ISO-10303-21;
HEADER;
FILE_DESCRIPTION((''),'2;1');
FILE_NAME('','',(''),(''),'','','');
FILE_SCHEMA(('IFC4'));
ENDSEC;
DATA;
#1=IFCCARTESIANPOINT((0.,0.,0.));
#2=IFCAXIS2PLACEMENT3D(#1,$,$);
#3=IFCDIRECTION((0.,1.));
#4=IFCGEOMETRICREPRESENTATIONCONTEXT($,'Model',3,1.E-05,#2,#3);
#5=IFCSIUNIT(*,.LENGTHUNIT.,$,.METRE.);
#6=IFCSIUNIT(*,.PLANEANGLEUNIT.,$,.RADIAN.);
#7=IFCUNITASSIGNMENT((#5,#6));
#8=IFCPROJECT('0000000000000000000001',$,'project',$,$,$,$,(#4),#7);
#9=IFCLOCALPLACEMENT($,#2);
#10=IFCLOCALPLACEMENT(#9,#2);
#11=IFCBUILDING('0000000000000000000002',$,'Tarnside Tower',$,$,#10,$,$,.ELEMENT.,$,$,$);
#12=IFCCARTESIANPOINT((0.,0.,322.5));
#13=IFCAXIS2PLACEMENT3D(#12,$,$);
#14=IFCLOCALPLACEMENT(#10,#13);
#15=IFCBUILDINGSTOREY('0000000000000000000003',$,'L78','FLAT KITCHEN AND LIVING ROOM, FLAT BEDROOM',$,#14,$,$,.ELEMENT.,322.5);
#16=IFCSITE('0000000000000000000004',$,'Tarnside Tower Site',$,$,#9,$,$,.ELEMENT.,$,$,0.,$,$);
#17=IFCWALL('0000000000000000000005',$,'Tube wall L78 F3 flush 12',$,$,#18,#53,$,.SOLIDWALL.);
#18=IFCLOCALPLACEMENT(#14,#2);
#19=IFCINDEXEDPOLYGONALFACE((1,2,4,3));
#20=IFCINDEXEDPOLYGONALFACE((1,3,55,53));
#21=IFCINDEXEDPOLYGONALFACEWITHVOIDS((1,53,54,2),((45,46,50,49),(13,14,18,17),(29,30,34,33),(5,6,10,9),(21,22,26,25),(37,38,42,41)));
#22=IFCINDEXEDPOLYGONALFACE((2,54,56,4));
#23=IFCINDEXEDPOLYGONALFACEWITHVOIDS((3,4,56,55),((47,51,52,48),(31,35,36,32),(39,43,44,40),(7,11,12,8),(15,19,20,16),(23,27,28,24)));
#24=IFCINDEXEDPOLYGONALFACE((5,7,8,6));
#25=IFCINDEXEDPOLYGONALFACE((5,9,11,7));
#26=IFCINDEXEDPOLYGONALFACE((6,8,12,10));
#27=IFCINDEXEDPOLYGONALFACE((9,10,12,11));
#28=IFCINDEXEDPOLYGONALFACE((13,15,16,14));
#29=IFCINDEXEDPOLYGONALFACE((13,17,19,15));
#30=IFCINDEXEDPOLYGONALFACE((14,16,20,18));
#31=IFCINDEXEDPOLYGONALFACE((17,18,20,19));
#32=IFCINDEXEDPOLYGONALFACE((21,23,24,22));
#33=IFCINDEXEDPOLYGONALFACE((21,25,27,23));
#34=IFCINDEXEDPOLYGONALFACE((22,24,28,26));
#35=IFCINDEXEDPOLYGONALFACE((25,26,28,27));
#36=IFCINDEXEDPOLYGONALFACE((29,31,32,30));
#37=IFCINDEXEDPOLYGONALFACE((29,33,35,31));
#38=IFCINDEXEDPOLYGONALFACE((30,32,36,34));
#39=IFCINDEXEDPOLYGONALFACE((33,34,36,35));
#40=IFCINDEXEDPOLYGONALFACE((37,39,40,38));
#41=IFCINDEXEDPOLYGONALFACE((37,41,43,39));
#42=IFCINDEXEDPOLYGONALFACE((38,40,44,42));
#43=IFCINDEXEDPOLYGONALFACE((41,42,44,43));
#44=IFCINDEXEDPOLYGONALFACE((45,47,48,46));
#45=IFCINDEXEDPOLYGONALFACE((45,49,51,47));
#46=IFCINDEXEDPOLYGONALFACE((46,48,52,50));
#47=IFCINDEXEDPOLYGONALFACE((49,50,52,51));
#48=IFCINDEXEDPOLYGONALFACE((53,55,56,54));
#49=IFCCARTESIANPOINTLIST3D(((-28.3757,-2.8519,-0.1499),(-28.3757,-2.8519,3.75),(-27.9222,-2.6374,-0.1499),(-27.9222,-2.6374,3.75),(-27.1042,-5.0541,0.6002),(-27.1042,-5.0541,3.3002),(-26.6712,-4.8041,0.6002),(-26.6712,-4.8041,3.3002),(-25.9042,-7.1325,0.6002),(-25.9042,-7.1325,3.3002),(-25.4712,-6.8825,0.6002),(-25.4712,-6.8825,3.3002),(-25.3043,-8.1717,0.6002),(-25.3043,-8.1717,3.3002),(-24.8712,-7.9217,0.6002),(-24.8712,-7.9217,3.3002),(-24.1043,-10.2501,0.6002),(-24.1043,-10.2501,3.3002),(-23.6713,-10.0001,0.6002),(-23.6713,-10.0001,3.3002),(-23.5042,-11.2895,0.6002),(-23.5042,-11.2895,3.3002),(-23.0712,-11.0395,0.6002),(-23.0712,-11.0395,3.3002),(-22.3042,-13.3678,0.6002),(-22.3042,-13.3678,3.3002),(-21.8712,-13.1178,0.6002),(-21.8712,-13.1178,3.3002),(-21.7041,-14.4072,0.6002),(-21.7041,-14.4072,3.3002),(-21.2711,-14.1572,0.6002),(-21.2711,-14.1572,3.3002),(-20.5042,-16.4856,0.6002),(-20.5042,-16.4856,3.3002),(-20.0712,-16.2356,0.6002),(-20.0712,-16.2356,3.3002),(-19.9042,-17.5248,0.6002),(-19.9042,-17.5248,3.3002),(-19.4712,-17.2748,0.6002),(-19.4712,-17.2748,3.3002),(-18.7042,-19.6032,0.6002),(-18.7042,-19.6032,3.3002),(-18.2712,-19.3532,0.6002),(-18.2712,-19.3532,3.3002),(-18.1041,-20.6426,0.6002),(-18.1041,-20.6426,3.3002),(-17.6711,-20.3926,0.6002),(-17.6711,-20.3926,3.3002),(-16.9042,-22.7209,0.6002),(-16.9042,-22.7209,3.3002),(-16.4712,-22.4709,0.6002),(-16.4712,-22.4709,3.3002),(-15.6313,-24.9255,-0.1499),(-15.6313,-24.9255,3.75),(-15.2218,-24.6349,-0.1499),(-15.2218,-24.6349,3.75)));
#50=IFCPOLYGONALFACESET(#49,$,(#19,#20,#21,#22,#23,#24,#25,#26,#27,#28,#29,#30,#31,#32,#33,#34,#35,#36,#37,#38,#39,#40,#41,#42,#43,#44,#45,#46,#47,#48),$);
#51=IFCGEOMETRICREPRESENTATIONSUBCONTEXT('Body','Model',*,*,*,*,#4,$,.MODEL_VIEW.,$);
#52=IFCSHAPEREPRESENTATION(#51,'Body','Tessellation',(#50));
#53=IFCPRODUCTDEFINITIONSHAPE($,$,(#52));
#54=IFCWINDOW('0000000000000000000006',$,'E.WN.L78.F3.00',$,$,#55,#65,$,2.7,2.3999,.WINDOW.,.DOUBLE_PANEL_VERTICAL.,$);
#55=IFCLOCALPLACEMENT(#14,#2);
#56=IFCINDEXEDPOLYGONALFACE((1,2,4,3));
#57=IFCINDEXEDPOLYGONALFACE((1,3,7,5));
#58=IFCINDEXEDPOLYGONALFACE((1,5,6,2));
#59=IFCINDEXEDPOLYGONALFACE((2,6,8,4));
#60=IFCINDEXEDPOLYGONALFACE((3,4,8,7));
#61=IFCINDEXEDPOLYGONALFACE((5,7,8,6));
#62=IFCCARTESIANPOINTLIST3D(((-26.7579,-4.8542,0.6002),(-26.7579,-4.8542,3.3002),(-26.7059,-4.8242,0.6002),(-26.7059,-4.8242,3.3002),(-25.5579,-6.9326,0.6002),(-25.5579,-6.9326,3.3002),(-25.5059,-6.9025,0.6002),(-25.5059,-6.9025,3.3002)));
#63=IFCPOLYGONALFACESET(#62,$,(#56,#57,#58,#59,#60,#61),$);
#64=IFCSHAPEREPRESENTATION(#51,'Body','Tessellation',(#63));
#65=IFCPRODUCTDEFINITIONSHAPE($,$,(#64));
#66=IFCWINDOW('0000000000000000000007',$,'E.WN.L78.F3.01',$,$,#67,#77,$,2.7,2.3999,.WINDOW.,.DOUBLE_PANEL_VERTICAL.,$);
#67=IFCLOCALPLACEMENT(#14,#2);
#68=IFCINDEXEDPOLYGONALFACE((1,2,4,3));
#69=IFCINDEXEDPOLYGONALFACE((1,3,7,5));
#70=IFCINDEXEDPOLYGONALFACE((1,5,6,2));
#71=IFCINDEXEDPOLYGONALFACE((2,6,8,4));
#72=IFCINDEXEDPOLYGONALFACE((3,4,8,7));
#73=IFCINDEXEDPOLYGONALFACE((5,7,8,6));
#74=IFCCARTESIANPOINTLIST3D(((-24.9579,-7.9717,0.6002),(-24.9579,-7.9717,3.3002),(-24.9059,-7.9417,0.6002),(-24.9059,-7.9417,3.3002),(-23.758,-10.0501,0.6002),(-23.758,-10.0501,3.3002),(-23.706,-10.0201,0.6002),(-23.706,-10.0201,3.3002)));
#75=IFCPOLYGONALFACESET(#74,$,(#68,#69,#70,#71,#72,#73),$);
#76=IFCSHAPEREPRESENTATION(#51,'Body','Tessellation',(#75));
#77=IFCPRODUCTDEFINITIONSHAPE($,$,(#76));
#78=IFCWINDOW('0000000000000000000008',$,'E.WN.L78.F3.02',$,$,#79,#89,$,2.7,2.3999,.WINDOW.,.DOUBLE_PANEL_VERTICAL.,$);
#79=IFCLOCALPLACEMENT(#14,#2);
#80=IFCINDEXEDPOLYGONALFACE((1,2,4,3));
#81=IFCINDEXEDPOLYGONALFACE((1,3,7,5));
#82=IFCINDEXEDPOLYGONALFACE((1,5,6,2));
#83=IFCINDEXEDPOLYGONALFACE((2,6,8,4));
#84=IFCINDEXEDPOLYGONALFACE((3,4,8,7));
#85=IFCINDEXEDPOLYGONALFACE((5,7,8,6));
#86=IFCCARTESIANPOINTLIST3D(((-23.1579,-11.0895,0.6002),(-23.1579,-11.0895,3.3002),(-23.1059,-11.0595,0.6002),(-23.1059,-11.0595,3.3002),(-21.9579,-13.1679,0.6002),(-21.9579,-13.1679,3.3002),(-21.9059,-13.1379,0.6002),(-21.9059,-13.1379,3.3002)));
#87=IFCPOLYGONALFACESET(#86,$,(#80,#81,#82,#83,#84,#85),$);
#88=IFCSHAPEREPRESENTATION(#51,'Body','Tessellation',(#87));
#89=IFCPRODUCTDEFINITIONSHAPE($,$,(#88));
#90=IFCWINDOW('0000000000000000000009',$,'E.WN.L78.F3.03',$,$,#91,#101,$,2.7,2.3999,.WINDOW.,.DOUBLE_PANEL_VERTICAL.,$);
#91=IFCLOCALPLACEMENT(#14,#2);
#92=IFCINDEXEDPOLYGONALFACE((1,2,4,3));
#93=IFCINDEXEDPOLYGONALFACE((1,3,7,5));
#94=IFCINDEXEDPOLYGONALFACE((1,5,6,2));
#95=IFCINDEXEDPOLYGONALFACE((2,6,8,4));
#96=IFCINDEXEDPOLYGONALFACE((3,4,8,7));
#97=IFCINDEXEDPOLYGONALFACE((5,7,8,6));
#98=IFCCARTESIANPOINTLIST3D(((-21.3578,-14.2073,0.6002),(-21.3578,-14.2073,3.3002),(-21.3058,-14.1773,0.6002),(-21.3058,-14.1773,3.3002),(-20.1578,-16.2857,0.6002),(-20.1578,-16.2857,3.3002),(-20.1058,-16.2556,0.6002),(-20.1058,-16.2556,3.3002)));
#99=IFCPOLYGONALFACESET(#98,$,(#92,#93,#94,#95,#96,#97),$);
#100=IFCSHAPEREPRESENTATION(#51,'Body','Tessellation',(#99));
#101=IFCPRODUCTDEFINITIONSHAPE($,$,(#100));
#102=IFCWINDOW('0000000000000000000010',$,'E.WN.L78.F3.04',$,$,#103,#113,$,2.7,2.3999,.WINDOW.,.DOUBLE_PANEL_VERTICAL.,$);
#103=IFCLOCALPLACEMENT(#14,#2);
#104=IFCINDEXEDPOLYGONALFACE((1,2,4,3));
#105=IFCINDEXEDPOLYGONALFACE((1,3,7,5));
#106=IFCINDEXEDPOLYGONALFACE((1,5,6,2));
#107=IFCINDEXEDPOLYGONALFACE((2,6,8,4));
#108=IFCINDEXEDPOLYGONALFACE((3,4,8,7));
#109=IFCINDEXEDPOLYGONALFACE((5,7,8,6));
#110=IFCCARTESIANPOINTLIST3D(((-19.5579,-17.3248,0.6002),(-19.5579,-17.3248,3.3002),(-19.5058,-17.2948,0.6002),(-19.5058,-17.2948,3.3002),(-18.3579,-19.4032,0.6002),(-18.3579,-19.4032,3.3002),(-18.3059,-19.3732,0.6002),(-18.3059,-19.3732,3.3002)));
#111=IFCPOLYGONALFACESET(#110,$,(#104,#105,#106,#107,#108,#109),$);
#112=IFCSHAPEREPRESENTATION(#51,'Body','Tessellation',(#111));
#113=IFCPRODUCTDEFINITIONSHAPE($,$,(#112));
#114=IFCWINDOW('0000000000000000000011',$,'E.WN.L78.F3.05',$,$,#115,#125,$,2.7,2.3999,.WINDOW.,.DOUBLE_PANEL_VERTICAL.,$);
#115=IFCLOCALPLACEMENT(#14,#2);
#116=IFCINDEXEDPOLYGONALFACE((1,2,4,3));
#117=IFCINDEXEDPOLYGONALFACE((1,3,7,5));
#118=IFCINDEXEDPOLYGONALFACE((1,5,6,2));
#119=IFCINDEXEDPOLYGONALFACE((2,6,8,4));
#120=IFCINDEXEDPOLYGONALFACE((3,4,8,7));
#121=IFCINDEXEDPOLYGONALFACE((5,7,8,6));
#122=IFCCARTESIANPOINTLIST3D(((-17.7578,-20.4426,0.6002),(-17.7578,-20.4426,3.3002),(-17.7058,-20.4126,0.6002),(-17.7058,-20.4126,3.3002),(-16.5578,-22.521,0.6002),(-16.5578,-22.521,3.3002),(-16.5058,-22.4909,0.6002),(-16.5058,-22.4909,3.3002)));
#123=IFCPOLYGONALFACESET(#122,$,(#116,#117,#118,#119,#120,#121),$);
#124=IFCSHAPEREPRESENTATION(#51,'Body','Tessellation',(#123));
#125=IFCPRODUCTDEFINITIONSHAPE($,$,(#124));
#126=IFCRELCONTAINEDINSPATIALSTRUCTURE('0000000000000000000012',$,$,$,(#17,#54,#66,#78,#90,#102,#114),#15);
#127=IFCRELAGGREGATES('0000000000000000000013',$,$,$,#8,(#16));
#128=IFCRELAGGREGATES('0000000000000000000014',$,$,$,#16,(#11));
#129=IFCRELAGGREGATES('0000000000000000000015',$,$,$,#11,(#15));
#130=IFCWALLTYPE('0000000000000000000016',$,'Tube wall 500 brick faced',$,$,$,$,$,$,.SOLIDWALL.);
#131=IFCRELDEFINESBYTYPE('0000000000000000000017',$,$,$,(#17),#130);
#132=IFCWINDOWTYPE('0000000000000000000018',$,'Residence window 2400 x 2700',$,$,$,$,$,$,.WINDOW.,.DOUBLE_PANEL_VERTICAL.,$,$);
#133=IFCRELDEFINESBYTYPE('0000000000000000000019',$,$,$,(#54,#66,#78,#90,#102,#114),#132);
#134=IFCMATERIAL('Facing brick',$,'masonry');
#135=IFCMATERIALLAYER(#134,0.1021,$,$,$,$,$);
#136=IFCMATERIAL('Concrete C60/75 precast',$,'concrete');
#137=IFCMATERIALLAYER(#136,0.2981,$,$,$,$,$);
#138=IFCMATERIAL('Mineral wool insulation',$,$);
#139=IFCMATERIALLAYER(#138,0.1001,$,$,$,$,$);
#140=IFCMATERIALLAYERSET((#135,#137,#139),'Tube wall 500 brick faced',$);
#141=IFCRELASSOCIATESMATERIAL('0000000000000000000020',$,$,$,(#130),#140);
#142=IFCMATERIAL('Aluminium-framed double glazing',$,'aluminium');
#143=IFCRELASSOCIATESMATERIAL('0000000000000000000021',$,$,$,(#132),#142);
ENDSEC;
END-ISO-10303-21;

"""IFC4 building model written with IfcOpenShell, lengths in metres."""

from ifc_helpers import new_model, si_unit, direction, frame, frame_2d, origin, place, context, subcontext, project, spatial, polyline, rectangle, outline, extrude, material, layer, layer_set, type_object, element, fill, save


model = new_model("IFC4")

# Units and contexts
model_context = context("Model", 3, precision=1e-05, world=origin(), true_north=direction((0.0, 1.0)))
body_context = subcontext(model_context, "Body", "Model", "MODEL_VIEW")
ifc_project = project(units=[si_unit("LENGTHUNIT", "METRE"), si_unit("PLANEANGLEUNIT", "RADIAN")], contexts=[model_context])

# Site, building, storey
site_placement = place(None, origin())
site = spatial("IfcSite", under=ifc_project, at=site_placement, Name="Tarnside Tower Site", CompositionType="ELEMENT", RefElevation=0.0)
building_placement = place(site_placement, origin())
building = spatial("IfcBuilding", under=site, at=building_placement, Name="Tarnside Tower", CompositionType="ELEMENT")
storey_placement = place(building_placement, frame((0.0, 0.0, 322.5)))
storey = spatial("IfcBuildingStorey", under=building, at=storey_placement, Name="L78", Description="FLAT KITCHEN AND LIVING ROOM, FLAT BEDROOM", CompositionType="ELEMENT", Elevation=322.5)

# Shared definitions
ifc_material_1 = material(Name="Facing brick", Category="masonry")
ifc_layer_1 = layer(ifc_material_1, 0.1021)
ifc_material_2 = material(Name="Concrete C60/75 precast", Category="concrete")
ifc_layer_2 = layer(ifc_material_2, 0.2981)
ifc_material_3 = material(Name="Mineral wool insulation")
ifc_layer_3 = layer(ifc_material_3, 0.1001)
ifc_layer_set_1 = layer_set([ifc_layer_1, ifc_layer_2, ifc_layer_3], Name="Tube wall 500 brick faced")
wall_type_1 = type_object("IfcWallType", Name="Tube wall 500 brick faced", PredefinedType="SOLIDWALL", material=ifc_layer_set_1)

# Wall, openings, windows
wall_1_placement = place(storey_placement, frame((-28.1489, -2.7446, -0.1499), z_axis=(0.0, 0.0, 1.0), x_axis=(0.500004, -0.866023, 0.0)))
wall_1 = element("IfcWall", 1, at=wall_1_placement, inside=storey, type_object=wall_type_1, Name="Tube wall L78 F3 flush 12", PredefinedType="SOLIDWALL", context=body_context, shape_type="SweptSolid", body=[
    extrude(outline(polyline([(-0.0205, -0.25), (25.468, -0.25), (25.4211, 0.25), (0.0205, 0.25), (-0.0205, -0.25)])), origin(), (0.0, 0.0, 1.0), 3.8999),
])
opening_1_placement = place(wall_1_placement, frame((2.5225, 0.0, 0.75)))
opening_1 = element("IfcOpeningElement", 2, at=opening_1_placement, cuts=wall_1, PredefinedType="OPENING", context=body_context, shape_type="SweptSolid", body=[
    extrude(rectangle(XDim=2.3999, YDim=2.7, at=frame_2d((1.2, 1.3501))), frame((0.0, 0.26, 0.0), z_axis=(0.0, -1.0, 0.0), x_axis=(1.0, 0.0, 0.0)), (0.0, 0.0, 1.0), 0.52),
])
opening_2_placement = place(wall_1_placement, frame((6.1223, 0.0, 0.75)))
opening_2 = element("IfcOpeningElement", 3, at=opening_2_placement, cuts=wall_1, PredefinedType="OPENING", context=body_context, shape_type="SweptSolid", body=[
    extrude(rectangle(XDim=2.3999, YDim=2.7, at=frame_2d((1.2, 1.3501))), frame((0.0, 0.26, 0.0), z_axis=(0.0, -1.0, 0.0), x_axis=(1.0, 0.0, 0.0)), (0.0, 0.0, 1.0), 0.52),
])
opening_3_placement = place(wall_1_placement, frame((9.7224, 0.0, 0.75)))
opening_3 = element("IfcOpeningElement", 4, at=opening_3_placement, cuts=wall_1, PredefinedType="OPENING", context=body_context, shape_type="SweptSolid", body=[
    extrude(rectangle(XDim=2.3999, YDim=2.7, at=frame_2d((1.2, 1.3501))), frame((0.0, 0.26, 0.0), z_axis=(0.0, -1.0, 0.0), x_axis=(1.0, 0.0, 0.0)), (0.0, 0.0, 1.0), 0.52),
])
opening_4_placement = place(wall_1_placement, frame((13.3225, 0.0, 0.75)))
opening_4 = element("IfcOpeningElement", 5, at=opening_4_placement, cuts=wall_1, PredefinedType="OPENING", context=body_context, shape_type="SweptSolid", body=[
    extrude(rectangle(XDim=2.3999, YDim=2.7, at=frame_2d((1.2, 1.3501))), frame((0.0, 0.26, 0.0), z_axis=(0.0, -1.0, 0.0), x_axis=(1.0, 0.0, 0.0)), (0.0, 0.0, 1.0), 0.52),
])
opening_5_placement = place(wall_1_placement, frame((16.9224, 0.0, 0.75)))
opening_5 = element("IfcOpeningElement", 6, at=opening_5_placement, cuts=wall_1, PredefinedType="OPENING", context=body_context, shape_type="SweptSolid", body=[
    extrude(rectangle(XDim=2.3999, YDim=2.7, at=frame_2d((1.2, 1.3501))), frame((0.0, 0.26, 0.0), z_axis=(0.0, -1.0, 0.0), x_axis=(1.0, 0.0, 0.0)), (0.0, 0.0, 1.0), 0.52),
])
opening_6_placement = place(wall_1_placement, frame((20.5225, 0.0, 0.75)))
opening_6 = element("IfcOpeningElement", 7, at=opening_6_placement, cuts=wall_1, PredefinedType="OPENING", context=body_context, shape_type="SweptSolid", body=[
    extrude(rectangle(XDim=2.3999, YDim=2.7, at=frame_2d((1.2, 1.3501))), frame((0.0, 0.26, 0.0), z_axis=(0.0, -1.0, 0.0), x_axis=(1.0, 0.0, 0.0)), (0.0, 0.0, 1.0), 0.52),
])
ifc_material_4 = material(Name="Aluminium-framed double glazing", Category="aluminium")
window_type = type_object("IfcWindowType", Name="Residence window 2400 x 2700", PartitioningType="DOUBLE_PANEL_VERTICAL", PredefinedType="WINDOW", material=ifc_material_4)
window_1_placement = place(opening_1_placement, frame((0.0, 0.1799, 0.0)))
window_1 = element("IfcWindow", 8, at=window_1_placement, inside=storey, type_object=window_type, Name="E.WN.L78.F3.00", OverallHeight=2.7, OverallWidth=2.3999, PartitioningType="DOUBLE_PANEL_VERTICAL", PredefinedType="WINDOW", context=body_context, shape_type="SweptSolid", body=[
    extrude(rectangle(XDim=2.3999, YDim=2.7, at=frame_2d((1.2, 1.3501))), frame((0.0, 0.03, 0.0), z_axis=(0.0, -1.0, 0.0), x_axis=(1.0, 0.0, 0.0)), (0.0, 0.0, 1.0), 0.0601),
])
fill(opening_1, window_1)
window_2_placement = place(opening_2_placement, frame((0.0, 0.1799, 0.0)))
window_2 = element("IfcWindow", 9, at=window_2_placement, inside=storey, type_object=window_type, Name="E.WN.L78.F3.01", OverallHeight=2.7, OverallWidth=2.3999, PartitioningType="DOUBLE_PANEL_VERTICAL", PredefinedType="WINDOW", context=body_context, shape_type="SweptSolid", body=[
    extrude(rectangle(XDim=2.3999, YDim=2.7, at=frame_2d((1.2, 1.3501))), frame((0.0, 0.03, 0.0), z_axis=(0.0, -1.0, 0.0), x_axis=(1.0, 0.0, 0.0)), (0.0, 0.0, 1.0), 0.0601),
])
fill(opening_2, window_2)
window_3_placement = place(opening_3_placement, frame((0.0, 0.1799, 0.0)))
window_3 = element("IfcWindow", 10, at=window_3_placement, inside=storey, type_object=window_type, Name="E.WN.L78.F3.02", OverallHeight=2.7, OverallWidth=2.3999, PartitioningType="DOUBLE_PANEL_VERTICAL", PredefinedType="WINDOW", context=body_context, shape_type="SweptSolid", body=[
    extrude(rectangle(XDim=2.3999, YDim=2.7, at=frame_2d((1.2, 1.3501))), frame((0.0, 0.03, 0.0), z_axis=(0.0, -1.0, 0.0), x_axis=(1.0, 0.0, 0.0)), (0.0, 0.0, 1.0), 0.0601),
])
fill(opening_3, window_3)
window_4_placement = place(opening_4_placement, frame((0.0, 0.1799, 0.0)))
window_4 = element("IfcWindow", 11, at=window_4_placement, inside=storey, type_object=window_type, Name="E.WN.L78.F3.03", OverallHeight=2.7, OverallWidth=2.3999, PartitioningType="DOUBLE_PANEL_VERTICAL", PredefinedType="WINDOW", context=body_context, shape_type="SweptSolid", body=[
    extrude(rectangle(XDim=2.3999, YDim=2.7, at=frame_2d((1.2, 1.3501))), frame((0.0, 0.03, 0.0), z_axis=(0.0, -1.0, 0.0), x_axis=(1.0, 0.0, 0.0)), (0.0, 0.0, 1.0), 0.0601),
])
fill(opening_4, window_4)
window_5_placement = place(opening_5_placement, frame((0.0, 0.1799, 0.0)))
window_5 = element("IfcWindow", 12, at=window_5_placement, inside=storey, type_object=window_type, Name="E.WN.L78.F3.04", OverallHeight=2.7, OverallWidth=2.3999, PartitioningType="DOUBLE_PANEL_VERTICAL", PredefinedType="WINDOW", context=body_context, shape_type="SweptSolid", body=[
    extrude(rectangle(XDim=2.3999, YDim=2.7, at=frame_2d((1.2, 1.3501))), frame((0.0, 0.03, 0.0), z_axis=(0.0, -1.0, 0.0), x_axis=(1.0, 0.0, 0.0)), (0.0, 0.0, 1.0), 0.0601),
])
fill(opening_5, window_5)
window_6_placement = place(opening_6_placement, frame((0.0, 0.1799, 0.0)))
window_6 = element("IfcWindow", 13, at=window_6_placement, inside=storey, type_object=window_type, Name="E.WN.L78.F3.05", OverallHeight=2.7, OverallWidth=2.3999, PartitioningType="DOUBLE_PANEL_VERTICAL", PredefinedType="WINDOW", context=body_context, shape_type="SweptSolid", body=[
    extrude(rectangle(XDim=2.3999, YDim=2.7, at=frame_2d((1.2, 1.3501))), frame((0.0, 0.03, 0.0), z_axis=(0.0, -1.0, 0.0), x_axis=(1.0, 0.0, 0.0)), (0.0, 0.0, 1.0), 0.0601),
])
fill(opening_6, window_6)

save(model, "model.ifc")
